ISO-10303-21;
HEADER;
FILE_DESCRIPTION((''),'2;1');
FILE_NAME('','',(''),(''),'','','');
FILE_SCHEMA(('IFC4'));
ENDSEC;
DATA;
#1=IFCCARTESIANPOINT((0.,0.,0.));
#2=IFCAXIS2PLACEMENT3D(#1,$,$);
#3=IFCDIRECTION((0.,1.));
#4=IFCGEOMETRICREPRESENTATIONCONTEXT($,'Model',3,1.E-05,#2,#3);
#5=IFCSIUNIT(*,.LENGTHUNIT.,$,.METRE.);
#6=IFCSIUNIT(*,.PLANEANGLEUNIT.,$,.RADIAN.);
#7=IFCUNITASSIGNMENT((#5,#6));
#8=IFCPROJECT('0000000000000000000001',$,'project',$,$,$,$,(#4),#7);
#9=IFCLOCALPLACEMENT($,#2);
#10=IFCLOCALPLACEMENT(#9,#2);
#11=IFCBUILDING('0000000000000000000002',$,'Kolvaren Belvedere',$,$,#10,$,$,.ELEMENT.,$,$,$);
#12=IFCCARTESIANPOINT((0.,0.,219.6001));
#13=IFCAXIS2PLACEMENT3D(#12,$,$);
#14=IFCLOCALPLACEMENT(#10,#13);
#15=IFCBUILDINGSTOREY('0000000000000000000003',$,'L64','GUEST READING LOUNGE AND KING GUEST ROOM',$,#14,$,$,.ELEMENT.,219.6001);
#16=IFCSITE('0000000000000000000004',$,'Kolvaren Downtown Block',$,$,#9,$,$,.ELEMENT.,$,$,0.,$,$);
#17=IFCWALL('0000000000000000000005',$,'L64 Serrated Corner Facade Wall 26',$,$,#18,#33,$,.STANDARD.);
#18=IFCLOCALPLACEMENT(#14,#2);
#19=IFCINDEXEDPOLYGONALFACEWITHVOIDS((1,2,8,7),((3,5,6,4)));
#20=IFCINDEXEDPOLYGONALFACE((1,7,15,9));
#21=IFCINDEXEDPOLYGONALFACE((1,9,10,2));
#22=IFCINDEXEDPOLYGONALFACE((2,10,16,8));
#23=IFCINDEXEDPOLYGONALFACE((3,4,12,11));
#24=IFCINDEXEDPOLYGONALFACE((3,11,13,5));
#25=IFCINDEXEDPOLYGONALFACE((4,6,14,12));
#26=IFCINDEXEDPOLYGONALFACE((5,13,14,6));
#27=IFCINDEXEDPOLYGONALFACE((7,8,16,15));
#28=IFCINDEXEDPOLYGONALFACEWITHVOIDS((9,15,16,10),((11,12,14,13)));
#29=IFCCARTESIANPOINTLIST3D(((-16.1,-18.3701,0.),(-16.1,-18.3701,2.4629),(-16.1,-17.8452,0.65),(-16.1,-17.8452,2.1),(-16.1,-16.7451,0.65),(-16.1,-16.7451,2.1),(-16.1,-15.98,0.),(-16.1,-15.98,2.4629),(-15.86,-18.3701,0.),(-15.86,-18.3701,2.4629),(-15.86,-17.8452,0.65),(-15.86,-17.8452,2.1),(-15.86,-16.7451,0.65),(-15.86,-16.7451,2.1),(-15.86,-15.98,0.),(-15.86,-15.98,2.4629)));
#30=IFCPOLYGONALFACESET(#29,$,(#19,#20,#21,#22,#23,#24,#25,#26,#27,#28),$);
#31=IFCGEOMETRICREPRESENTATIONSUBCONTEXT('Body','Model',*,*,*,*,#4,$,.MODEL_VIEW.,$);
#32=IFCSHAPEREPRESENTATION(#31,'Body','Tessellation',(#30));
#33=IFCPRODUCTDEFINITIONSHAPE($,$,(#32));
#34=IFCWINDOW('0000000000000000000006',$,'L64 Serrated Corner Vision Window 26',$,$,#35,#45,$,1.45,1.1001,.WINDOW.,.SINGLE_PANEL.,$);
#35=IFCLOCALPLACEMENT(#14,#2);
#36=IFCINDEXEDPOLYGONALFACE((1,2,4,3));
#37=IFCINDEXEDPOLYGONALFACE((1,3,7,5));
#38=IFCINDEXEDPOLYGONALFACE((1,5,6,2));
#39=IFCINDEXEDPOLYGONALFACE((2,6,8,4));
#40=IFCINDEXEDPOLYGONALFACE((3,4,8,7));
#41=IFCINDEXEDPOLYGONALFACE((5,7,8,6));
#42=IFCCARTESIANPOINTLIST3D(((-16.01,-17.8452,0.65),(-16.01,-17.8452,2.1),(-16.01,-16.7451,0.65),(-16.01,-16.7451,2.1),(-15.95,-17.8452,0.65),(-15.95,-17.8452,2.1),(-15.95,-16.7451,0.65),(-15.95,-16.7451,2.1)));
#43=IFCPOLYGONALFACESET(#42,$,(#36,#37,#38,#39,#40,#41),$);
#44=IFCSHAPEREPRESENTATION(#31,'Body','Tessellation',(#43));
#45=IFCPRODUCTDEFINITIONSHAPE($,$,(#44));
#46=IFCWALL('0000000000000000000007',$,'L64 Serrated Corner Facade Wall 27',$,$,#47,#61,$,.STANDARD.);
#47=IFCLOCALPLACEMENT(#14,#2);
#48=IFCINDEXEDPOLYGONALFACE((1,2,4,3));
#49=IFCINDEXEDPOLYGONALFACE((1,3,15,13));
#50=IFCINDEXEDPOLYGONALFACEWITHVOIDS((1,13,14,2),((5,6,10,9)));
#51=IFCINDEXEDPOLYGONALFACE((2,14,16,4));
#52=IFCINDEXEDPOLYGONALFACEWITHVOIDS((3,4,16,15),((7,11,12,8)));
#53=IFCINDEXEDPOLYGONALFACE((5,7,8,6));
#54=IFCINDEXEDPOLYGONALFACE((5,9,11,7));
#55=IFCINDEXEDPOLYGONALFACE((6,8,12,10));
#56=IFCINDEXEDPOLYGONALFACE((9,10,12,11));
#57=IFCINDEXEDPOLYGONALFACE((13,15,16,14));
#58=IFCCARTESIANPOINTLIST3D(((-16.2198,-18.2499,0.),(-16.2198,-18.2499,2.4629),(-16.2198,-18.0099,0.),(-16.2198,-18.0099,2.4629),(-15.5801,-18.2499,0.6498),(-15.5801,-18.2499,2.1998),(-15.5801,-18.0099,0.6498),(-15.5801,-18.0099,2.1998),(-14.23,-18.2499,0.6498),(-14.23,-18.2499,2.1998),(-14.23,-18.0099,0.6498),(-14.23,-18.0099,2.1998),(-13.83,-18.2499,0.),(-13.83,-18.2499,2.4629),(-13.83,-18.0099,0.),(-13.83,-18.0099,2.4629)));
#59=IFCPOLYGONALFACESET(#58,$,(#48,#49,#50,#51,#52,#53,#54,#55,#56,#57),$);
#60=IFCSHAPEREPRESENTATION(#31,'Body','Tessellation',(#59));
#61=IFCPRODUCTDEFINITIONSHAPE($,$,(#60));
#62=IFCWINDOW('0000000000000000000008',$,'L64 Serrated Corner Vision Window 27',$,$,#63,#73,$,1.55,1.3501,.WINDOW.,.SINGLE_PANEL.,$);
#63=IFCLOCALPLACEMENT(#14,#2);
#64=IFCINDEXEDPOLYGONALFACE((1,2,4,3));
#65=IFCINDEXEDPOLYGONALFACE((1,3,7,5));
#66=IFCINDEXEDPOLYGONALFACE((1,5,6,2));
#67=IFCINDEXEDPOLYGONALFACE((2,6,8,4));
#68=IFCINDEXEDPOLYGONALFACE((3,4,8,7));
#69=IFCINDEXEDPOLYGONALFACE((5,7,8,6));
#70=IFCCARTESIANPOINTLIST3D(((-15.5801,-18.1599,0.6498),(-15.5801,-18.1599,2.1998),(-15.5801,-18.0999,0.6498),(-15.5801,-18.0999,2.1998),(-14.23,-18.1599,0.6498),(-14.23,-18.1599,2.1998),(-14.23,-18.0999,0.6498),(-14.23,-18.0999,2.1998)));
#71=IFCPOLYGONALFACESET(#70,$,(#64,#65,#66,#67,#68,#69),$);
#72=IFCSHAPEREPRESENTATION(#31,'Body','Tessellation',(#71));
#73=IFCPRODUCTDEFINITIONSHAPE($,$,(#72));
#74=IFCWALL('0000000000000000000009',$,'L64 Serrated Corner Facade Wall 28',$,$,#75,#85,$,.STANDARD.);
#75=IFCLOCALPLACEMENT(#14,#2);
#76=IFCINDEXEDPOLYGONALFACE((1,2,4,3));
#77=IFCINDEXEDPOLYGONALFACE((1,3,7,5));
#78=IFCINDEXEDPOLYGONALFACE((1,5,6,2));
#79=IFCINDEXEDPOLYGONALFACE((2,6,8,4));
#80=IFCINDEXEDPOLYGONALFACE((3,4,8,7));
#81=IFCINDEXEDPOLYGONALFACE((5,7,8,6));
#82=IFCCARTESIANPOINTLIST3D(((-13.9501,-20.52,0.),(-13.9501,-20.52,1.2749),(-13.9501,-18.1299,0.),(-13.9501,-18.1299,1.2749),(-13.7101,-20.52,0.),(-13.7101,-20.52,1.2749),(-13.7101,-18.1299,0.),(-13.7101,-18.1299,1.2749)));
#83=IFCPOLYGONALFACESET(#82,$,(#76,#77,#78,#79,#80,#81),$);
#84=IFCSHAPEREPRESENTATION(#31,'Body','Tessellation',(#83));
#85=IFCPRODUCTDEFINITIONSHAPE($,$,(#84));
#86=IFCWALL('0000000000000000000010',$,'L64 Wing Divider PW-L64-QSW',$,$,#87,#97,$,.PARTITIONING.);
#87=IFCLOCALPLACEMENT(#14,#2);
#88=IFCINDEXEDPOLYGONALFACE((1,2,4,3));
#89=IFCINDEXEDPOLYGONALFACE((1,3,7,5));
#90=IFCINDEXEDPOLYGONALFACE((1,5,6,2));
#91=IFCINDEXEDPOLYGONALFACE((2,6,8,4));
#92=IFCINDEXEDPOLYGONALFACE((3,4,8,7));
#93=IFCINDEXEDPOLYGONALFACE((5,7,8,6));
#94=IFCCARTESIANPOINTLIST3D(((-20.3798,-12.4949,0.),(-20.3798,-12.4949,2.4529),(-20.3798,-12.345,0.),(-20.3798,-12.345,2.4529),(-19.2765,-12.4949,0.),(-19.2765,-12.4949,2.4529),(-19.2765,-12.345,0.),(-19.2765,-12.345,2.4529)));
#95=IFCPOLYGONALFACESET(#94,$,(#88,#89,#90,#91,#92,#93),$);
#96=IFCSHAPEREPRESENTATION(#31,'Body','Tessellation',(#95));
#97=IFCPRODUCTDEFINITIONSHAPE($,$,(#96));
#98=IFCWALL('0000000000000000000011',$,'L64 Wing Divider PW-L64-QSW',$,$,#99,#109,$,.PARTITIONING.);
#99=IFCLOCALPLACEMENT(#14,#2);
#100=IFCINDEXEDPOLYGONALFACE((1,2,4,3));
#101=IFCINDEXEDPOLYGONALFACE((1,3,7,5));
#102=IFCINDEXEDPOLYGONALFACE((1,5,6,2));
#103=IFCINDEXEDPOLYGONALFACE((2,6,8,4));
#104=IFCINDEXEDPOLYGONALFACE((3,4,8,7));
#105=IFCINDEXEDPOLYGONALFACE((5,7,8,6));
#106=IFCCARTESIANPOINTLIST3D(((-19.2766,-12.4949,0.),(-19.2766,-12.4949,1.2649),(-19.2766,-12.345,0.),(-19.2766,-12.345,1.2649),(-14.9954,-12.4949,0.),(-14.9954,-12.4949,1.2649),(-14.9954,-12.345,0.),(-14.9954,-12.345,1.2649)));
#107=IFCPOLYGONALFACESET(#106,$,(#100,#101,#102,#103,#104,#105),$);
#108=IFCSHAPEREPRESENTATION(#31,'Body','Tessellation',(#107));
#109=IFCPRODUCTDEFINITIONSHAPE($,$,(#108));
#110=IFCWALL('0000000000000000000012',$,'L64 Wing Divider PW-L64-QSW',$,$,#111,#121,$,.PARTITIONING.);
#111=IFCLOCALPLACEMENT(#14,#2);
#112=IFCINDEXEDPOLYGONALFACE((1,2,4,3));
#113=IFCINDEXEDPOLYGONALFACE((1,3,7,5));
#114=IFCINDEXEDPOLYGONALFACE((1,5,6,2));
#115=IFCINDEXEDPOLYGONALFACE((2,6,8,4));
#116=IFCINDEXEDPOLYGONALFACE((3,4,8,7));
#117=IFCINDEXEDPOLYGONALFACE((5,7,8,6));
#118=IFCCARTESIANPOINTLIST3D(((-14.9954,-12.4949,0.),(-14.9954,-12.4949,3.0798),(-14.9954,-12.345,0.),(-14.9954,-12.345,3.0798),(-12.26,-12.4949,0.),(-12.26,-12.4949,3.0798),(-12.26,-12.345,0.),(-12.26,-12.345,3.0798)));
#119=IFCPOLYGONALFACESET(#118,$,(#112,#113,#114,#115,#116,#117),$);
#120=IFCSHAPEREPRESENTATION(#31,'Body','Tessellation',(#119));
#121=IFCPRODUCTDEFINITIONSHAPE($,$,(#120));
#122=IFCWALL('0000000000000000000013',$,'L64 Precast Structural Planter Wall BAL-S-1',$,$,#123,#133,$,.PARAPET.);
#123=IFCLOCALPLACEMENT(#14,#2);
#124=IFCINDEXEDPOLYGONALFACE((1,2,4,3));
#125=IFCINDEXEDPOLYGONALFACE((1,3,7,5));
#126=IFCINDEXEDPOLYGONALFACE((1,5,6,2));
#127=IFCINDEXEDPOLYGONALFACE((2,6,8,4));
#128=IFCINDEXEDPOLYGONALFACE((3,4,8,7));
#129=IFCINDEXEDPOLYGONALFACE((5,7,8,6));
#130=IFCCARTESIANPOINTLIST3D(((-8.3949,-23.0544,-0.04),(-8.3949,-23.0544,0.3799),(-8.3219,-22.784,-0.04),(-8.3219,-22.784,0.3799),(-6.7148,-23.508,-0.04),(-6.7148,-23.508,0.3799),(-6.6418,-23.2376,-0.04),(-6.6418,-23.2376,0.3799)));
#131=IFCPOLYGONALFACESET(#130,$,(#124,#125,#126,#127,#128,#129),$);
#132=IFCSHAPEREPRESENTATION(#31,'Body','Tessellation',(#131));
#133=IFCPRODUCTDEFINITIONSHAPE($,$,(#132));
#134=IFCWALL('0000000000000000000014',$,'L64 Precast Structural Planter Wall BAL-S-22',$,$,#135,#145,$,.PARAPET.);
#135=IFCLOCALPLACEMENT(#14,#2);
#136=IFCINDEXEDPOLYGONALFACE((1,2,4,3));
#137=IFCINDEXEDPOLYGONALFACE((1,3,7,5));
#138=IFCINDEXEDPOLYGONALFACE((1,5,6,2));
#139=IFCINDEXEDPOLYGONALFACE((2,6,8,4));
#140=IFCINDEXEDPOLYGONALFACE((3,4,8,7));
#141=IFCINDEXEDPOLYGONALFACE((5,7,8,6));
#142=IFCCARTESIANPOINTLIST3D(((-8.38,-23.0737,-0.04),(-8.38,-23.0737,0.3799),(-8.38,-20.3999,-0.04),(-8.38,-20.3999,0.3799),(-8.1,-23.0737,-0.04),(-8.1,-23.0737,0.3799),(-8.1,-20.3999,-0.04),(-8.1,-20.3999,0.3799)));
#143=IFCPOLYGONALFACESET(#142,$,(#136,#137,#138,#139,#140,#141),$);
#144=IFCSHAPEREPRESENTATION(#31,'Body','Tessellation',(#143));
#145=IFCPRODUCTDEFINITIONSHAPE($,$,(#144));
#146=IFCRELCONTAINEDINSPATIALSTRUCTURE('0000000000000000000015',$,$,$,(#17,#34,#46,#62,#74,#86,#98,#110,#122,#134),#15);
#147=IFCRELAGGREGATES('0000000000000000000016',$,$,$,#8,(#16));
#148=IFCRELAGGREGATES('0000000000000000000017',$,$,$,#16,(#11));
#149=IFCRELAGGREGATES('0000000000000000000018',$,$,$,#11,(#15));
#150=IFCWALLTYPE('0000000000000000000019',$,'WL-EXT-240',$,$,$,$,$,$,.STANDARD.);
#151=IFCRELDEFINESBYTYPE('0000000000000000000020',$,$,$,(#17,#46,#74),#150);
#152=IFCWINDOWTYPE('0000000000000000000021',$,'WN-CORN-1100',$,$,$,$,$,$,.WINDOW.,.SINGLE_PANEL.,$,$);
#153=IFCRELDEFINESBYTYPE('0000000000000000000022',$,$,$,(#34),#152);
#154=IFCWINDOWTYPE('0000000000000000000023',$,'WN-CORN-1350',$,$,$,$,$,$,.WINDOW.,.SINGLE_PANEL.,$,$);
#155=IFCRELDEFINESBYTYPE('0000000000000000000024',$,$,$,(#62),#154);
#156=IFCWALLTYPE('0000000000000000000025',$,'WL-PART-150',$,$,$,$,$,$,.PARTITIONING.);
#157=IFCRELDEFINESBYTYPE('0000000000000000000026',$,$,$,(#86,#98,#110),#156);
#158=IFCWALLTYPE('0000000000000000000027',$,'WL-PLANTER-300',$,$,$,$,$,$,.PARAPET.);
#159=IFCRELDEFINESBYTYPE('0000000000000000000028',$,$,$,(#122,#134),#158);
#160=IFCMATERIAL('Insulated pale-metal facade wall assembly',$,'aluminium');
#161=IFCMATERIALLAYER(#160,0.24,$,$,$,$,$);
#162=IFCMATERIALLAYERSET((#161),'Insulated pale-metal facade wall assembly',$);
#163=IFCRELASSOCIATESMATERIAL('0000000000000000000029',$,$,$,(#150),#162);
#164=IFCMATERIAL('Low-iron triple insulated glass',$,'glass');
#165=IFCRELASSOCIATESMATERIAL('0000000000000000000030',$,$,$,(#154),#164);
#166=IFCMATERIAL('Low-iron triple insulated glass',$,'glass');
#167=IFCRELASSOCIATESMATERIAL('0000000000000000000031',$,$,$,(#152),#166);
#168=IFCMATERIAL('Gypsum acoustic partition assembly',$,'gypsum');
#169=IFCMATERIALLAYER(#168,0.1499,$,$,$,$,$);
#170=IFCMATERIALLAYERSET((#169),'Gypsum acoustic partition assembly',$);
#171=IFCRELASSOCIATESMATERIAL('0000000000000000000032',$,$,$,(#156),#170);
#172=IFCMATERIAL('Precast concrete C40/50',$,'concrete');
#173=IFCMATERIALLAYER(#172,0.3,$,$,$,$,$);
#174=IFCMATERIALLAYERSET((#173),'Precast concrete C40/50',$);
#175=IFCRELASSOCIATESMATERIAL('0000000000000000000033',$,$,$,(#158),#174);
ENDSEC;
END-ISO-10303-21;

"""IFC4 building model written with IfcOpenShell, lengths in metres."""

from ifc_helpers import new_model, si_unit, direction, frame, frame_2d, origin, place, context, subcontext, project, spatial, rectangle, extrude, material, layer, layer_set, type_object, element, fill, save


model = new_model("IFC4")

# Units and contexts
model_context = context("Model", 3, precision=1e-05, world=origin(), true_north=direction((0.0, 1.0)))
body_context = subcontext(model_context, "Body", "Model", "MODEL_VIEW")
ifc_project = project(units=[si_unit("LENGTHUNIT", "METRE"), si_unit("PLANEANGLEUNIT", "RADIAN")], contexts=[model_context])

# Site, building, storey
site_placement = place(None, origin())
site = spatial("IfcSite", under=ifc_project, at=site_placement, Name="Kolvaren Downtown Block", CompositionType="ELEMENT", RefElevation=0.0)
building_placement = place(site_placement, origin())
building = spatial("IfcBuilding", under=site, at=building_placement, Name="Kolvaren Belvedere", CompositionType="ELEMENT")
storey_placement = place(building_placement, frame((0.0, 0.0, 219.6001)))
storey = spatial("IfcBuildingStorey", under=building, at=storey_placement, Name="L64", Description="GUEST READING LOUNGE AND KING GUEST ROOM", CompositionType="ELEMENT", Elevation=219.6001)

# Shared definitions
ifc_material_1 = material(Name="Insulated pale-metal facade wall assembly", Category="aluminium")
ifc_layer_1 = layer(ifc_material_1, 0.24)
ifc_layer_set_1 = layer_set([ifc_layer_1], Name="Insulated pale-metal facade wall assembly")
wall_type_1 = type_object("IfcWallType", Name="WL-EXT-240", PredefinedType="STANDARD", material=ifc_layer_set_1)

# Walls, openings, windows
ifc_material_2 = material(Name="Low-iron triple insulated glass", Category="glass")
window_type_1 = type_object("IfcWindowType", Name="WN-CORN-1350", PartitioningType="SINGLE_PANEL", PredefinedType="WINDOW", material=ifc_material_2)
ifc_material_3 = material(Name="Low-iron triple insulated glass", Category="glass")
window_type_2 = type_object("IfcWindowType", Name="WN-CORN-1100", PartitioningType="SINGLE_PANEL", PredefinedType="WINDOW", material=ifc_material_3)
wall_1_placement = place(storey_placement, frame((-15.98, -18.3701, 0.0), z_axis=(0.0, 0.0, 1.0), x_axis=(0.0, 1.0, 0.0)))
wall_1 = element("IfcWall", 1, at=wall_1_placement, inside=storey, type_object=wall_type_1, Name="L64 Serrated Corner Facade Wall 26", PredefinedType="STANDARD", context=body_context, shape_type="SweptSolid", body=[
    extrude(rectangle(XDim=2.3901, YDim=0.24, at=frame_2d((1.1951, 0.0))), origin(), (0.0, 0.0, 1.0), 2.4629),
])
opening_1_placement = place(wall_1_placement, frame((0.5249, 0.0, 0.6499)))
opening_1 = element("IfcOpeningElement", 2, at=opening_1_placement, cuts=wall_1, PredefinedType="OPENING", context=body_context, shape_type="SweptSolid", body=[
    extrude(rectangle(XDim=1.1001, YDim=1.45, at=frame_2d((0.55, 0.7251))), frame((0.0, 0.1299, 0.0), z_axis=(0.0, -1.0, 0.0), x_axis=(1.0, 0.0, 0.0)), (0.0, 0.0, 1.0), 0.26),
])
window_1_placement = place(opening_1_placement, origin())
window_1 = element("IfcWindow", 3, at=window_1_placement, inside=storey, type_object=window_type_2, Name="L64 Serrated Corner Vision Window 26", OverallHeight=1.45, OverallWidth=1.1001, PartitioningType="SINGLE_PANEL", PredefinedType="WINDOW", context=body_context, shape_type="SweptSolid", body=[
    extrude(rectangle(XDim=1.1001, YDim=1.45, at=frame_2d((0.55, 0.7251))), frame((0.0, 0.03, 0.0), z_axis=(0.0, -1.0, 0.0), x_axis=(1.0, 0.0, 0.0)), (0.0, 0.0, 1.0), 0.0601),
])
fill(opening_1, window_1)
wall_2_placement = place(storey_placement, frame((-13.8301, -18.1299, 0.0), z_axis=(0.0, 0.0, 1.0), x_axis=(-1.0, 0.0, 0.0)))
wall_2 = element("IfcWall", 4, at=wall_2_placement, inside=storey, type_object=wall_type_1, Name="L64 Serrated Corner Facade Wall 27", PredefinedType="STANDARD", context=body_context, shape_type="SweptSolid", body=[
    extrude(rectangle(XDim=2.3899, YDim=0.24, at=frame_2d((1.1948, 0.0))), origin(), (0.0, 0.0, 1.0), 2.4629),
])
opening_2_placement = place(wall_2_placement, frame((0.3999, 0.0, 0.6499)))
opening_2 = element("IfcOpeningElement", 5, at=opening_2_placement, cuts=wall_2, PredefinedType="OPENING", context=body_context, shape_type="SweptSolid", body=[
    extrude(rectangle(XDim=1.3501, YDim=1.55, at=frame_2d((0.675, 0.7749))), frame((0.0, 0.1299, 0.0), z_axis=(0.0, -1.0, 0.0), x_axis=(1.0, 0.0, 0.0)), (0.0, 0.0, 1.0), 0.26),
])
window_2_placement = place(opening_2_placement, origin())
window_2 = element("IfcWindow", 6, at=window_2_placement, inside=storey, type_object=window_type_1, Name="L64 Serrated Corner Vision Window 27", OverallHeight=1.55, OverallWidth=1.3501, PartitioningType="SINGLE_PANEL", PredefinedType="WINDOW", context=body_context, shape_type="SweptSolid", body=[
    extrude(rectangle(XDim=1.3501, YDim=1.55, at=frame_2d((0.675, 0.7749))), frame((0.0, 0.03, 0.0), z_axis=(0.0, -1.0, 0.0), x_axis=(1.0, 0.0, 0.0)), (0.0, 0.0, 1.0), 0.0601),
])
fill(opening_2, window_2)

# Walls
wall_3_placement = place(storey_placement, frame((-13.8301, -20.52, 0.0), z_axis=(0.0, 0.0, 1.0), x_axis=(0.0, 1.0, 0.0)))
element("IfcWall", 7, at=wall_3_placement, inside=storey, type_object=wall_type_1, Name="L64 Serrated Corner Facade Wall 28", PredefinedType="STANDARD", context=body_context, shape_type="SweptSolid", body=[
    extrude(rectangle(XDim=2.3901, YDim=0.24, at=frame_2d((1.1951, 0.0))), origin(), (0.0, 0.0, 1.0), 1.2749),
])
ifc_material_4 = material(Name="Gypsum acoustic partition assembly", Category="gypsum")
ifc_layer_2 = layer(ifc_material_4, 0.1499)
ifc_layer_set_2 = layer_set([ifc_layer_2], Name="Gypsum acoustic partition assembly")
wall_type_2 = type_object("IfcWallType", Name="WL-PART-150", PredefinedType="PARTITIONING", material=ifc_layer_set_2)
wall_4_placement = place(storey_placement, frame((-20.3799, -12.4199, 0.0), z_axis=(0.0, 0.0, 1.0), x_axis=(1.0, 0.0, 0.0)))
element("IfcWall", 8, at=wall_4_placement, inside=storey, type_object=wall_type_2, Name="L64 Wing Divider PW-L64-QSW", PredefinedType="PARTITIONING", context=body_context, shape_type="SweptSolid", body=[
    extrude(rectangle(XDim=1.1033, YDim=0.1499, at=frame_2d((0.5518, 0.0))), origin(), (0.0, 0.0, 1.0), 2.4529),
])
wall_5_placement = place(storey_placement, frame((-19.2766, -12.4199, 0.0), z_axis=(0.0, 0.0, 1.0), x_axis=(1.0, 0.0, 0.0)))
element("IfcWall", 9, at=wall_5_placement, inside=storey, type_object=wall_type_2, Name="L64 Wing Divider PW-L64-QSW", PredefinedType="PARTITIONING", context=body_context, shape_type="SweptSolid", body=[
    extrude(rectangle(XDim=4.2812, YDim=0.1499, at=frame_2d((2.1406, 0.0))), origin(), (0.0, 0.0, 1.0), 1.2649),
])
wall_6_placement = place(storey_placement, frame((-14.9954, -12.4199, 0.0), z_axis=(0.0, 0.0, 1.0), x_axis=(1.0, 0.0, 0.0)))
element("IfcWall", 10, at=wall_6_placement, inside=storey, type_object=wall_type_2, Name="L64 Wing Divider PW-L64-QSW", PredefinedType="PARTITIONING", context=body_context, shape_type="SweptSolid", body=[
    extrude(rectangle(XDim=2.7354, YDim=0.1499, at=frame_2d((1.3677, 0.0))), origin(), (0.0, 0.0, 1.0), 3.0798),
])
ifc_material_5 = material(Name="Precast concrete C40/50", Category="concrete")
ifc_layer_3 = layer(ifc_material_5, 0.3)
ifc_layer_set_3 = layer_set([ifc_layer_3], Name="Precast concrete C40/50")
wall_type_3 = type_object("IfcWallType", Name="WL-PLANTER-300", PredefinedType="PARAPET", material=ifc_layer_set_3)
wall_7_placement = place(storey_placement, frame((-8.3584, -22.9192, -0.04), z_axis=(0.0, 0.0, 1.0), x_axis=(0.965434, -0.260648, 0.0)))
element("IfcWall", 11, at=wall_7_placement, inside=storey, type_object=wall_type_3, Name="L64 Precast Structural Planter Wall BAL-S-1", PredefinedType="PARAPET", context=body_context, shape_type="SweptSolid", body=[
    extrude(rectangle(XDim=1.7402, YDim=0.28, at=frame_2d((0.8701, 0.0))), origin(), (0.0, 0.0, 1.0), 0.4199),
])
wall_8_placement = place(storey_placement, frame((-8.24, -20.3999, -0.04), z_axis=(0.0, 0.0, 1.0), x_axis=(0.0, -1.0, 0.0)))
element("IfcWall", 12, at=wall_8_placement, inside=storey, type_object=wall_type_3, Name="L64 Precast Structural Planter Wall BAL-S-22", PredefinedType="PARAPET", context=body_context, shape_type="SweptSolid", body=[
    extrude(rectangle(XDim=2.6738, YDim=0.28, at=frame_2d((1.3369, 0.0))), origin(), (0.0, 0.0, 1.0), 0.4199),
])

save(model, "model.ifc")
